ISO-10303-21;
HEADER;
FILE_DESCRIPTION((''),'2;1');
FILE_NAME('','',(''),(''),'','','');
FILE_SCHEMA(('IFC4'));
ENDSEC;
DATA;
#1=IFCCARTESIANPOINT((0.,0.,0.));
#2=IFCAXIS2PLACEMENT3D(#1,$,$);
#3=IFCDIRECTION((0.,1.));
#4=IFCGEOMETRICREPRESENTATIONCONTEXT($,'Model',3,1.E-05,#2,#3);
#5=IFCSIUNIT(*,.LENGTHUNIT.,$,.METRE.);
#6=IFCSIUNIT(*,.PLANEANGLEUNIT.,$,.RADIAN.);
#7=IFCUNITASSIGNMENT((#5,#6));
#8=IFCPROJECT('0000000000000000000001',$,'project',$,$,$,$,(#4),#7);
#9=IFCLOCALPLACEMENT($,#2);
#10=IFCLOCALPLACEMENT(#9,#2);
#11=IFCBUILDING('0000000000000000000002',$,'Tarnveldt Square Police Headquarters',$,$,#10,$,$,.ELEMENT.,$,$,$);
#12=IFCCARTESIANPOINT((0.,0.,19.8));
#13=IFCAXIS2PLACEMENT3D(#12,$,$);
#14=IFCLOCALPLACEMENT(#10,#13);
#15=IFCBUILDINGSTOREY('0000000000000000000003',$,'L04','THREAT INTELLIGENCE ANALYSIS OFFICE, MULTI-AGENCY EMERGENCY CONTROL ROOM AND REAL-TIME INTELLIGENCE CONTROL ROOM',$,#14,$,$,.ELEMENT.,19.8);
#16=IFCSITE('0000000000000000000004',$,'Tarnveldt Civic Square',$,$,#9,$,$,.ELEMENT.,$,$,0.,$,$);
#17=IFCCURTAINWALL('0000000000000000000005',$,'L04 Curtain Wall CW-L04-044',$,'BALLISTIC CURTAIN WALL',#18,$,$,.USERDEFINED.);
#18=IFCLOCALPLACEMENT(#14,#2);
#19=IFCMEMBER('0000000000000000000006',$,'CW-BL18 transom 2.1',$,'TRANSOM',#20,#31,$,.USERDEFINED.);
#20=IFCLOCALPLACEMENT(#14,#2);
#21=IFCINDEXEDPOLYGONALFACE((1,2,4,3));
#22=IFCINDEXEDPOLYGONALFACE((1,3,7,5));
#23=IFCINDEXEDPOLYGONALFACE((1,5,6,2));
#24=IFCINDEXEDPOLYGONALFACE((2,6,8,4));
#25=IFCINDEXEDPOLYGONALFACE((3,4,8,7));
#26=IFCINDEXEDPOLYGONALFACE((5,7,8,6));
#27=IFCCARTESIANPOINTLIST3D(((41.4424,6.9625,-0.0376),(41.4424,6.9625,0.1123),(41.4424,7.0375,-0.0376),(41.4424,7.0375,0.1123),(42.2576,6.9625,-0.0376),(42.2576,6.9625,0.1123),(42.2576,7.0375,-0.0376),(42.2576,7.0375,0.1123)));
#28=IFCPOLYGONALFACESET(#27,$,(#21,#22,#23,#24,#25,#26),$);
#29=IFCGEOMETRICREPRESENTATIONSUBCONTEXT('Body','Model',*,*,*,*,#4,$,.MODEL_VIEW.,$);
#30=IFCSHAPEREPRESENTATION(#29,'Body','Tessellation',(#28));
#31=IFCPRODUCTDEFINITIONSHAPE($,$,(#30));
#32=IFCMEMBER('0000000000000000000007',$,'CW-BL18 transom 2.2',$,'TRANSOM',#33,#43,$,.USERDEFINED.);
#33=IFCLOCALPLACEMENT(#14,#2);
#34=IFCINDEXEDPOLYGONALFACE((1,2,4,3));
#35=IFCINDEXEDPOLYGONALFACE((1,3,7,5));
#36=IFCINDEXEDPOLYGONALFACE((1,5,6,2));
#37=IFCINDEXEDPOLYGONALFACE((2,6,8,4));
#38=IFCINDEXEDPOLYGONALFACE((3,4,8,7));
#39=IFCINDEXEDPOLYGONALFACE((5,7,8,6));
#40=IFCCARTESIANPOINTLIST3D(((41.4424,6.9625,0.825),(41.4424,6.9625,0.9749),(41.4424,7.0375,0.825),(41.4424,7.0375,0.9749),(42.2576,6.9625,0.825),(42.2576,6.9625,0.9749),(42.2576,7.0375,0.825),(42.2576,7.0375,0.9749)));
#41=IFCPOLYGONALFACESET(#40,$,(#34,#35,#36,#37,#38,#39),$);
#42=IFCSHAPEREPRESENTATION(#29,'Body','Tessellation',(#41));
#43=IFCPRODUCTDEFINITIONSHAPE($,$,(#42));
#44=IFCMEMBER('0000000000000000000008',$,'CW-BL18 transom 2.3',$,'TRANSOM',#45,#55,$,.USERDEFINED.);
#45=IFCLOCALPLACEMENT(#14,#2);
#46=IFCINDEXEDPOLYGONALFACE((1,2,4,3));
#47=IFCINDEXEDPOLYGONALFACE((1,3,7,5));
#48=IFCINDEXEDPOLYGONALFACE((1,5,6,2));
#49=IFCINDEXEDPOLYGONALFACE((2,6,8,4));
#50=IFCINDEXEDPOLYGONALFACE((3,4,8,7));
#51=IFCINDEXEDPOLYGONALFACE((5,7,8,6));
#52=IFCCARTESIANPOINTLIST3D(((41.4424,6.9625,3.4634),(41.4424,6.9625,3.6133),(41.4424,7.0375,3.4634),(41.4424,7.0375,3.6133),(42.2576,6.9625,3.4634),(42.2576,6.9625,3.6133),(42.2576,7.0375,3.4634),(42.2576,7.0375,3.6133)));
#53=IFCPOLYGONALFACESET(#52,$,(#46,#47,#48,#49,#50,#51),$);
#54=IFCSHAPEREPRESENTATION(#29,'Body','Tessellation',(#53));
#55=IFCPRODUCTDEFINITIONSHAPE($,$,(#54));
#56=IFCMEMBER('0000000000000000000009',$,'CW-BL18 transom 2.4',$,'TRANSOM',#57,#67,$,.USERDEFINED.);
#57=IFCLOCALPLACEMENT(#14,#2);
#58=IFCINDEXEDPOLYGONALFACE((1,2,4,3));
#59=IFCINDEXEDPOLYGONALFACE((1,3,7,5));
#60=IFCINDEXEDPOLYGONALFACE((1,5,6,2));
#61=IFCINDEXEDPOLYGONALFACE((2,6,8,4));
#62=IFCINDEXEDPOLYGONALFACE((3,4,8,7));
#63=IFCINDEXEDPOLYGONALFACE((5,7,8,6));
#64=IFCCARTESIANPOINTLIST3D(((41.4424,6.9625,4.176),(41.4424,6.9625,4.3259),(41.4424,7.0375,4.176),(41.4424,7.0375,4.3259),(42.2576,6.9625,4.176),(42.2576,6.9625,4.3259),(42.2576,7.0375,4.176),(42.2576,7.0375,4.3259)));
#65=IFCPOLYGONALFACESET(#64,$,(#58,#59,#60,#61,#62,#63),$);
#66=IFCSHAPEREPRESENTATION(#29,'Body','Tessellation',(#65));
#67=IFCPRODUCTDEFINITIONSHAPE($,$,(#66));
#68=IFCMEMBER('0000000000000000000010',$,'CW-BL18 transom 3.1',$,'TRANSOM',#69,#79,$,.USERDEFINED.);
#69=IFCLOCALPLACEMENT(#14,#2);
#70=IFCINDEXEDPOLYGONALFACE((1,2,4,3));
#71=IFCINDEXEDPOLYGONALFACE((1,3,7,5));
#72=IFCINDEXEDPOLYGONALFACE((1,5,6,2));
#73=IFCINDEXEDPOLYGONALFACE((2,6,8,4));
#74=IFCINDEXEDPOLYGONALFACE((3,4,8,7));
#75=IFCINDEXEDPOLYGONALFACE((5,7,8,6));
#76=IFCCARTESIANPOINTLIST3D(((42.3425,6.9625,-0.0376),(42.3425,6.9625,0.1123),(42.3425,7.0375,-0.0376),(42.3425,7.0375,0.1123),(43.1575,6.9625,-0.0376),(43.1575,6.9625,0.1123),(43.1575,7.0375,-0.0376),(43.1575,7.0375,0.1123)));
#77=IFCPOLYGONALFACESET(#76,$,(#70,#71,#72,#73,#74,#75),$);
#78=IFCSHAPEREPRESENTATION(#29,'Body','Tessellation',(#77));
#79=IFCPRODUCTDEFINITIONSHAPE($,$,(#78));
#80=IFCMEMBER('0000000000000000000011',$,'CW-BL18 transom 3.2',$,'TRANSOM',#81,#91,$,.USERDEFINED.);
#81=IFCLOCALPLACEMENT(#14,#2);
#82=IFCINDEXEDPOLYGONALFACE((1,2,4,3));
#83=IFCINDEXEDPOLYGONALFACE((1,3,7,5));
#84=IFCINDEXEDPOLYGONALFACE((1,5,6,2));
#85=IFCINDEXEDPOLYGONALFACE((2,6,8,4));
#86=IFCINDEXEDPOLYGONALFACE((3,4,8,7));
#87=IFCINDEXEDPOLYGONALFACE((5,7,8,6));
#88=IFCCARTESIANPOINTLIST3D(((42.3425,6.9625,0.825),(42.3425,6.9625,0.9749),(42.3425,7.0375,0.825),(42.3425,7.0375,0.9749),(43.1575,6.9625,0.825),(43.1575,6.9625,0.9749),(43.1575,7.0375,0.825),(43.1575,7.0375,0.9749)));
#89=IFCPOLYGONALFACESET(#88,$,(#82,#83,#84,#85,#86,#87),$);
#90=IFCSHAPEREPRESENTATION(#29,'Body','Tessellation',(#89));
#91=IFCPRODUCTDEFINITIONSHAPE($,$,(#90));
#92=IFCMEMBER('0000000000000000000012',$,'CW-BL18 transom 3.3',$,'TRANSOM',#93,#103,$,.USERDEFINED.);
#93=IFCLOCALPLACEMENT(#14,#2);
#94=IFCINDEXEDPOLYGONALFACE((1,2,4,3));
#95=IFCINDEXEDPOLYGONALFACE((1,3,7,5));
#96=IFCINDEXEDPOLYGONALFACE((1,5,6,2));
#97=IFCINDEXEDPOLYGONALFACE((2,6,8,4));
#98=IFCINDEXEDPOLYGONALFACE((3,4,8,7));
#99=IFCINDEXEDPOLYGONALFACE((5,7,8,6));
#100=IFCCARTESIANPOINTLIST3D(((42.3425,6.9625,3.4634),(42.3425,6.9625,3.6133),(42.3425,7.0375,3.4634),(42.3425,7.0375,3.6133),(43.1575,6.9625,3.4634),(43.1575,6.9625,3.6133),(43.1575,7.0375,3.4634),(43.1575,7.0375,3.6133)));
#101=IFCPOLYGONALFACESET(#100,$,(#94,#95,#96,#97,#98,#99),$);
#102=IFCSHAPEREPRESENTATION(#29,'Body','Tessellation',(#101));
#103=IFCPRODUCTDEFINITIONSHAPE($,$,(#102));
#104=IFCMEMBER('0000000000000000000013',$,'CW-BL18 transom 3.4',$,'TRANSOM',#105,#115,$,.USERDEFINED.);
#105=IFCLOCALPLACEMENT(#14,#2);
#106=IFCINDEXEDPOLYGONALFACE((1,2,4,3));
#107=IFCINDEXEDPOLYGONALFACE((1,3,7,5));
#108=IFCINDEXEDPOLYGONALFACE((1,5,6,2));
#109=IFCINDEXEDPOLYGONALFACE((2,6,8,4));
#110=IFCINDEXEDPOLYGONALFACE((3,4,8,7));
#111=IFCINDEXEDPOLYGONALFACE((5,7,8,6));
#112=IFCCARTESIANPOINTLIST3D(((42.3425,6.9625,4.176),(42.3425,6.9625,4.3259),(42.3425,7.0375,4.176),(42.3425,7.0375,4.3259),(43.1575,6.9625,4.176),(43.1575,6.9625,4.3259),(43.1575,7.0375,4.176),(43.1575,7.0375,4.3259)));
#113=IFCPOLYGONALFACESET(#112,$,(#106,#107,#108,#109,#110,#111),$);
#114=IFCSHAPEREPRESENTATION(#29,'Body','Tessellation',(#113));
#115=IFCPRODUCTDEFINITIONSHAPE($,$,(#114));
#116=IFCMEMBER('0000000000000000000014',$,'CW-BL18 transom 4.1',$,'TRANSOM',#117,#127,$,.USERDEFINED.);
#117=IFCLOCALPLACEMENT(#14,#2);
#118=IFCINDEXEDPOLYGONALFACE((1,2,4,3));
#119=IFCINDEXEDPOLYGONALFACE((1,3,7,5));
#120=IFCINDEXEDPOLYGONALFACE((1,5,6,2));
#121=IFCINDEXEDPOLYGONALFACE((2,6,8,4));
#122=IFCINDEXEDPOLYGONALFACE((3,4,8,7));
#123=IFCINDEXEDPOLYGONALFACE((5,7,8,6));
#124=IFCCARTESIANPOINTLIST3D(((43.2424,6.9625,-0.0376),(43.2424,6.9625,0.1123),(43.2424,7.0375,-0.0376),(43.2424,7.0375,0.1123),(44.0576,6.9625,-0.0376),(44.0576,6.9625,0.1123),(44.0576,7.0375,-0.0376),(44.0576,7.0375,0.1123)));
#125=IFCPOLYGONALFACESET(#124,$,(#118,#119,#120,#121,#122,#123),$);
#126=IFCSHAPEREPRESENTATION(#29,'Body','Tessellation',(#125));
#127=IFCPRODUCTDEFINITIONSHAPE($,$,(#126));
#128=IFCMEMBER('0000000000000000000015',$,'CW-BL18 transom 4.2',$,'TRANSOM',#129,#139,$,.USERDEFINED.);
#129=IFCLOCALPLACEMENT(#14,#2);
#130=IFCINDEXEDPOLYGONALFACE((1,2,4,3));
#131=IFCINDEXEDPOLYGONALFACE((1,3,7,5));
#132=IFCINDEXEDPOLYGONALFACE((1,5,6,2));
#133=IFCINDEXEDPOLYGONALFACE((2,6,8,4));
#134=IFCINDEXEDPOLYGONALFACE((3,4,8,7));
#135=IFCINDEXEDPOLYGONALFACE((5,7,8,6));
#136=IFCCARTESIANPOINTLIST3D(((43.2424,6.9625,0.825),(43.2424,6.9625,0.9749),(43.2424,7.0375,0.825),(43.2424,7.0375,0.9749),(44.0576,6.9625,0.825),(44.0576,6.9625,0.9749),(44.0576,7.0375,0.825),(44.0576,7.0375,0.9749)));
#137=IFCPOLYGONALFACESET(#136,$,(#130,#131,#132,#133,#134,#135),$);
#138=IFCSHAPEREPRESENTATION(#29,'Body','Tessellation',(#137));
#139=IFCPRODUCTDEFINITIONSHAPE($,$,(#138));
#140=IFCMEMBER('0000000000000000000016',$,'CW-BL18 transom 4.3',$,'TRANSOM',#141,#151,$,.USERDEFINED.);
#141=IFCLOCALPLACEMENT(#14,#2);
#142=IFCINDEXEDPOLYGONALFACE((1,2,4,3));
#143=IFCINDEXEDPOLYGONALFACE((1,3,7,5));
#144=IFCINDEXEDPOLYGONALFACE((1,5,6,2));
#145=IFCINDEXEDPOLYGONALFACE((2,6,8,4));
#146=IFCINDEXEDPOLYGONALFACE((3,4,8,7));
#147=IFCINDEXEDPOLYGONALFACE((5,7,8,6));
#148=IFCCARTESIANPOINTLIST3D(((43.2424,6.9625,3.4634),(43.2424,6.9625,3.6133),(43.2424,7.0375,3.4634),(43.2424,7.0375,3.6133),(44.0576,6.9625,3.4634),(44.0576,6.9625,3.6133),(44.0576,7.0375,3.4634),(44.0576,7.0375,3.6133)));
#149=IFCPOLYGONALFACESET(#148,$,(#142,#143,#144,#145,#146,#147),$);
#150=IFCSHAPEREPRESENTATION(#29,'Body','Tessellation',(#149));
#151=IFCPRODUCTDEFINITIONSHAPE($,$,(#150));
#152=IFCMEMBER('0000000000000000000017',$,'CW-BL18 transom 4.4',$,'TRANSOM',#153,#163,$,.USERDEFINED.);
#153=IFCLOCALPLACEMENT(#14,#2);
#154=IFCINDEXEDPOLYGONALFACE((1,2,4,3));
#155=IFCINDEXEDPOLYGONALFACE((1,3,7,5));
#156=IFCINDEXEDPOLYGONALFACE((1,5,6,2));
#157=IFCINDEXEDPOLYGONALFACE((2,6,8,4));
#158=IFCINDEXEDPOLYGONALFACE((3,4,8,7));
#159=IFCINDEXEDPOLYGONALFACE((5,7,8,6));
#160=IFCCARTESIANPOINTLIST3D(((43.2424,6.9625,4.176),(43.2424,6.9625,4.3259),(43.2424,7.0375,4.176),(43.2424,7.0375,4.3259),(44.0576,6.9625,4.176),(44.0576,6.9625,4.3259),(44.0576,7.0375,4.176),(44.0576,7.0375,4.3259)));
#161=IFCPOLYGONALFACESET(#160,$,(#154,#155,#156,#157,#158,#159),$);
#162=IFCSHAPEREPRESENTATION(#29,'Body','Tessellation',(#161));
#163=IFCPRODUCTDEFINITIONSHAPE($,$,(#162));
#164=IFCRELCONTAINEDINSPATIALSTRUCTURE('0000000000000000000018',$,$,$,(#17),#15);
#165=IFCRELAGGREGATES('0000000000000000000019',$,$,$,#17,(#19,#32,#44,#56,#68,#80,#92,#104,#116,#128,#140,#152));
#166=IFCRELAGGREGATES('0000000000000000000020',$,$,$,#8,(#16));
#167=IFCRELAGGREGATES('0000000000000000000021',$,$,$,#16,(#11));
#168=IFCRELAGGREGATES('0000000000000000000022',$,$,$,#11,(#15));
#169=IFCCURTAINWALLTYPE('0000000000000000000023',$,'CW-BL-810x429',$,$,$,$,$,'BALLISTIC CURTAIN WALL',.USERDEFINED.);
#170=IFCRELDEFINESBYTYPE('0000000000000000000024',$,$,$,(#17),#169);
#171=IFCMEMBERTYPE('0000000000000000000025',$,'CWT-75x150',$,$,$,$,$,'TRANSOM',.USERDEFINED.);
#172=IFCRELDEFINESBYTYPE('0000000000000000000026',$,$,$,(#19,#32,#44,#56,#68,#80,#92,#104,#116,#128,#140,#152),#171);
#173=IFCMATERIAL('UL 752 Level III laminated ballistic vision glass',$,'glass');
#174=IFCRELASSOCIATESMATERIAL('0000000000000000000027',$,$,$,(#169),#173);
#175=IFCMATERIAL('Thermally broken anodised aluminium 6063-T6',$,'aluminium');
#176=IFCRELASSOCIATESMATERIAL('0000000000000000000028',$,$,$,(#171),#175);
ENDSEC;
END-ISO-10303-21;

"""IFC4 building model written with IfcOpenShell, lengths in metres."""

from ifc_helpers import new_model, si_unit, direction, frame, origin, origin_2d, place, context, subcontext, project, spatial, rectangle, extrude, material, material_profile, profile_set, type_object, element, aggregate, save


model = new_model("IFC4")

# Units and contexts
model_context = context("Model", 3, precision=1e-05, world=origin(), true_north=direction((0.0, 1.0)))
body_context = subcontext(model_context, "Body", "Model", "MODEL_VIEW")
ifc_project = project(units=[si_unit("LENGTHUNIT", "METRE"), si_unit("PLANEANGLEUNIT", "RADIAN")], contexts=[model_context])

# Site, building, storey
site_placement = place(None, origin())
site = spatial("IfcSite", under=ifc_project, at=site_placement, Name="Tarnveldt Civic Square", CompositionType="ELEMENT", RefElevation=0.0)
building_placement = place(site_placement, origin())
building = spatial("IfcBuilding", under=site, at=building_placement, Name="Tarnveldt Square Police Headquarters", CompositionType="ELEMENT")
storey_placement = place(building_placement, frame((0.0, 0.0, 19.8)))
storey = spatial("IfcBuildingStorey", under=building, at=storey_placement, Name="L04", Description="THREAT INTELLIGENCE ANALYSIS OFFICE, MULTI-AGENCY EMERGENCY CONTROL ROOM AND REAL-TIME INTELLIGENCE CONTROL ROOM", CompositionType="ELEMENT", Elevation=19.8)

# Curtain wall, members
ifc_material_1 = material(Name="UL 752 Level III laminated ballistic vision glass", Category="glass")
curtain_wall_type = type_object("IfcCurtainWallType", Name="CW-BL-810x429", ElementType="BALLISTIC CURTAIN WALL", PredefinedType="USERDEFINED", material=ifc_material_1)
curtain_wall_placement = place(storey_placement, origin())
curtain_wall = element("IfcCurtainWall", 1, at=curtain_wall_placement, inside=storey, type_object=curtain_wall_type, Name="L04 Curtain Wall CW-L04-044", ObjectType="BALLISTIC CURTAIN WALL", PredefinedType="USERDEFINED")
ifc_material_2 = material(Name="Thermally broken anodised aluminium 6063-T6", Category="aluminium")
ifc_material_profile_1 = material_profile(ifc_material_2, rectangle(XDim=0.075, YDim=0.1499, at=origin_2d()), Name="CW-T75x150")
ifc_profile_set_1 = profile_set([ifc_material_profile_1], Name="Thermally broken anodised aluminium 6063-T6")
member_type_1 = type_object("IfcMemberType", Name="CWT-75x150", ElementType="TRANSOM", PredefinedType="USERDEFINED", material=ifc_profile_set_1)
member_1_placement = place(storey_placement, frame((41.4424, 7.0, 0.0374), z_axis=(1.0, 0.0, 0.0), x_axis=(0.0, 1.0, 0.0)))
member_1 = element("IfcMember", 2, at=member_1_placement, type_object=member_type_1, Name="CW-BL18 transom 2.1", ObjectType="TRANSOM", PredefinedType="USERDEFINED", context=body_context, shape_type="SweptSolid", body=[
    extrude(rectangle(XDim=0.075, YDim=0.1499, at=origin_2d()), origin(), (0.0, 0.0, 1.0), 0.8152),
])
member_2_placement = place(storey_placement, frame((41.4424, 7.0, 0.8999), z_axis=(1.0, 0.0, 0.0), x_axis=(0.0, 1.0, 0.0)))
member_2 = element("IfcMember", 3, at=member_2_placement, type_object=member_type_1, Name="CW-BL18 transom 2.2", ObjectType="TRANSOM", PredefinedType="USERDEFINED", context=body_context, shape_type="SweptSolid", body=[
    extrude(rectangle(XDim=0.075, YDim=0.1499, at=origin_2d()), origin(), (0.0, 0.0, 1.0), 0.8152),
])
member_3_placement = place(storey_placement, frame((41.4424, 7.0, 3.5383), z_axis=(1.0, 0.0, 0.0), x_axis=(0.0, 1.0, 0.0)))
member_3 = element("IfcMember", 4, at=member_3_placement, type_object=member_type_1, Name="CW-BL18 transom 2.3", ObjectType="TRANSOM", PredefinedType="USERDEFINED", context=body_context, shape_type="SweptSolid", body=[
    extrude(rectangle(XDim=0.075, YDim=0.1499, at=origin_2d()), origin(), (0.0, 0.0, 1.0), 0.8152),
])
member_4_placement = place(storey_placement, frame((41.4424, 7.0, 4.251), z_axis=(1.0, 0.0, 0.0), x_axis=(0.0, 1.0, 0.0)))
member_4 = element("IfcMember", 5, at=member_4_placement, type_object=member_type_1, Name="CW-BL18 transom 2.4", ObjectType="TRANSOM", PredefinedType="USERDEFINED", context=body_context, shape_type="SweptSolid", body=[
    extrude(rectangle(XDim=0.075, YDim=0.1499, at=origin_2d()), origin(), (0.0, 0.0, 1.0), 0.8152),
])
member_5_placement = place(storey_placement, frame((42.3425, 7.0, 0.0374), z_axis=(1.0, 0.0, 0.0), x_axis=(0.0, 1.0, 0.0)))
member_5 = element("IfcMember", 6, at=member_5_placement, type_object=member_type_1, Name="CW-BL18 transom 3.1", ObjectType="TRANSOM", PredefinedType="USERDEFINED", context=body_context, shape_type="SweptSolid", body=[
    extrude(rectangle(XDim=0.075, YDim=0.1499, at=origin_2d()), origin(), (0.0, 0.0, 1.0), 0.8149),
])
member_6_placement = place(storey_placement, frame((42.3425, 7.0, 0.8999), z_axis=(1.0, 0.0, 0.0), x_axis=(0.0, 1.0, 0.0)))
member_6 = element("IfcMember", 7, at=member_6_placement, type_object=member_type_1, Name="CW-BL18 transom 3.2", ObjectType="TRANSOM", PredefinedType="USERDEFINED", context=body_context, shape_type="SweptSolid", body=[
    extrude(rectangle(XDim=0.075, YDim=0.1499, at=origin_2d()), origin(), (0.0, 0.0, 1.0), 0.8149),
])
member_7_placement = place(storey_placement, frame((42.3425, 7.0, 3.5383), z_axis=(1.0, 0.0, 0.0), x_axis=(0.0, 1.0, 0.0)))
member_7 = element("IfcMember", 8, at=member_7_placement, type_object=member_type_1, Name="CW-BL18 transom 3.3", ObjectType="TRANSOM", PredefinedType="USERDEFINED", context=body_context, shape_type="SweptSolid", body=[
    extrude(rectangle(XDim=0.075, YDim=0.1499, at=origin_2d()), origin(), (0.0, 0.0, 1.0), 0.8149),
])
member_8_placement = place(storey_placement, frame((42.3425, 7.0, 4.251), z_axis=(1.0, 0.0, 0.0), x_axis=(0.0, 1.0, 0.0)))
member_8 = element("IfcMember", 9, at=member_8_placement, type_object=member_type_1, Name="CW-BL18 transom 3.4", ObjectType="TRANSOM", PredefinedType="USERDEFINED", context=body_context, shape_type="SweptSolid", body=[
    extrude(rectangle(XDim=0.075, YDim=0.1499, at=origin_2d()), origin(), (0.0, 0.0, 1.0), 0.8149),
])
member_9_placement = place(storey_placement, frame((43.2424, 7.0, 0.0374), z_axis=(1.0, 0.0, 0.0), x_axis=(0.0, 1.0, 0.0)))
member_9 = element("IfcMember", 10, at=member_9_placement, type_object=member_type_1, Name="CW-BL18 transom 4.1", ObjectType="TRANSOM", PredefinedType="USERDEFINED", context=body_context, shape_type="SweptSolid", body=[
    extrude(rectangle(XDim=0.075, YDim=0.1499, at=origin_2d()), origin(), (0.0, 0.0, 1.0), 0.8152),
])
member_10_placement = place(storey_placement, frame((43.2424, 7.0, 0.8999), z_axis=(1.0, 0.0, 0.0), x_axis=(0.0, 1.0, 0.0)))
member_10 = element("IfcMember", 11, at=member_10_placement, type_object=member_type_1, Name="CW-BL18 transom 4.2", ObjectType="TRANSOM", PredefinedType="USERDEFINED", context=body_context, shape_type="SweptSolid", body=[
    extrude(rectangle(XDim=0.075, YDim=0.1499, at=origin_2d()), origin(), (0.0, 0.0, 1.0), 0.8152),
])
member_11_placement = place(storey_placement, frame((43.2424, 7.0, 3.5383), z_axis=(1.0, 0.0, 0.0), x_axis=(0.0, 1.0, 0.0)))
member_11 = element("IfcMember", 12, at=member_11_placement, type_object=member_type_1, Name="CW-BL18 transom 4.3", ObjectType="TRANSOM", PredefinedType="USERDEFINED", context=body_context, shape_type="SweptSolid", body=[
    extrude(rectangle(XDim=0.075, YDim=0.1499, at=origin_2d()), origin(), (0.0, 0.0, 1.0), 0.8152),
])
member_12_placement = place(storey_placement, frame((43.2424, 7.0, 4.251), z_axis=(1.0, 0.0, 0.0), x_axis=(0.0, 1.0, 0.0)))
member_12 = element("IfcMember", 13, at=member_12_placement, type_object=member_type_1, Name="CW-BL18 transom 4.4", ObjectType="TRANSOM", PredefinedType="USERDEFINED", context=body_context, shape_type="SweptSolid", body=[
    extrude(rectangle(XDim=0.075, YDim=0.1499, at=origin_2d()), origin(), (0.0, 0.0, 1.0), 0.8152),
])

aggregate(curtain_wall, [member_1, member_2, member_3, member_4, member_5, member_6, member_7, member_8, member_9, member_10, member_11, member_12])

save(model, "model.ifc")
